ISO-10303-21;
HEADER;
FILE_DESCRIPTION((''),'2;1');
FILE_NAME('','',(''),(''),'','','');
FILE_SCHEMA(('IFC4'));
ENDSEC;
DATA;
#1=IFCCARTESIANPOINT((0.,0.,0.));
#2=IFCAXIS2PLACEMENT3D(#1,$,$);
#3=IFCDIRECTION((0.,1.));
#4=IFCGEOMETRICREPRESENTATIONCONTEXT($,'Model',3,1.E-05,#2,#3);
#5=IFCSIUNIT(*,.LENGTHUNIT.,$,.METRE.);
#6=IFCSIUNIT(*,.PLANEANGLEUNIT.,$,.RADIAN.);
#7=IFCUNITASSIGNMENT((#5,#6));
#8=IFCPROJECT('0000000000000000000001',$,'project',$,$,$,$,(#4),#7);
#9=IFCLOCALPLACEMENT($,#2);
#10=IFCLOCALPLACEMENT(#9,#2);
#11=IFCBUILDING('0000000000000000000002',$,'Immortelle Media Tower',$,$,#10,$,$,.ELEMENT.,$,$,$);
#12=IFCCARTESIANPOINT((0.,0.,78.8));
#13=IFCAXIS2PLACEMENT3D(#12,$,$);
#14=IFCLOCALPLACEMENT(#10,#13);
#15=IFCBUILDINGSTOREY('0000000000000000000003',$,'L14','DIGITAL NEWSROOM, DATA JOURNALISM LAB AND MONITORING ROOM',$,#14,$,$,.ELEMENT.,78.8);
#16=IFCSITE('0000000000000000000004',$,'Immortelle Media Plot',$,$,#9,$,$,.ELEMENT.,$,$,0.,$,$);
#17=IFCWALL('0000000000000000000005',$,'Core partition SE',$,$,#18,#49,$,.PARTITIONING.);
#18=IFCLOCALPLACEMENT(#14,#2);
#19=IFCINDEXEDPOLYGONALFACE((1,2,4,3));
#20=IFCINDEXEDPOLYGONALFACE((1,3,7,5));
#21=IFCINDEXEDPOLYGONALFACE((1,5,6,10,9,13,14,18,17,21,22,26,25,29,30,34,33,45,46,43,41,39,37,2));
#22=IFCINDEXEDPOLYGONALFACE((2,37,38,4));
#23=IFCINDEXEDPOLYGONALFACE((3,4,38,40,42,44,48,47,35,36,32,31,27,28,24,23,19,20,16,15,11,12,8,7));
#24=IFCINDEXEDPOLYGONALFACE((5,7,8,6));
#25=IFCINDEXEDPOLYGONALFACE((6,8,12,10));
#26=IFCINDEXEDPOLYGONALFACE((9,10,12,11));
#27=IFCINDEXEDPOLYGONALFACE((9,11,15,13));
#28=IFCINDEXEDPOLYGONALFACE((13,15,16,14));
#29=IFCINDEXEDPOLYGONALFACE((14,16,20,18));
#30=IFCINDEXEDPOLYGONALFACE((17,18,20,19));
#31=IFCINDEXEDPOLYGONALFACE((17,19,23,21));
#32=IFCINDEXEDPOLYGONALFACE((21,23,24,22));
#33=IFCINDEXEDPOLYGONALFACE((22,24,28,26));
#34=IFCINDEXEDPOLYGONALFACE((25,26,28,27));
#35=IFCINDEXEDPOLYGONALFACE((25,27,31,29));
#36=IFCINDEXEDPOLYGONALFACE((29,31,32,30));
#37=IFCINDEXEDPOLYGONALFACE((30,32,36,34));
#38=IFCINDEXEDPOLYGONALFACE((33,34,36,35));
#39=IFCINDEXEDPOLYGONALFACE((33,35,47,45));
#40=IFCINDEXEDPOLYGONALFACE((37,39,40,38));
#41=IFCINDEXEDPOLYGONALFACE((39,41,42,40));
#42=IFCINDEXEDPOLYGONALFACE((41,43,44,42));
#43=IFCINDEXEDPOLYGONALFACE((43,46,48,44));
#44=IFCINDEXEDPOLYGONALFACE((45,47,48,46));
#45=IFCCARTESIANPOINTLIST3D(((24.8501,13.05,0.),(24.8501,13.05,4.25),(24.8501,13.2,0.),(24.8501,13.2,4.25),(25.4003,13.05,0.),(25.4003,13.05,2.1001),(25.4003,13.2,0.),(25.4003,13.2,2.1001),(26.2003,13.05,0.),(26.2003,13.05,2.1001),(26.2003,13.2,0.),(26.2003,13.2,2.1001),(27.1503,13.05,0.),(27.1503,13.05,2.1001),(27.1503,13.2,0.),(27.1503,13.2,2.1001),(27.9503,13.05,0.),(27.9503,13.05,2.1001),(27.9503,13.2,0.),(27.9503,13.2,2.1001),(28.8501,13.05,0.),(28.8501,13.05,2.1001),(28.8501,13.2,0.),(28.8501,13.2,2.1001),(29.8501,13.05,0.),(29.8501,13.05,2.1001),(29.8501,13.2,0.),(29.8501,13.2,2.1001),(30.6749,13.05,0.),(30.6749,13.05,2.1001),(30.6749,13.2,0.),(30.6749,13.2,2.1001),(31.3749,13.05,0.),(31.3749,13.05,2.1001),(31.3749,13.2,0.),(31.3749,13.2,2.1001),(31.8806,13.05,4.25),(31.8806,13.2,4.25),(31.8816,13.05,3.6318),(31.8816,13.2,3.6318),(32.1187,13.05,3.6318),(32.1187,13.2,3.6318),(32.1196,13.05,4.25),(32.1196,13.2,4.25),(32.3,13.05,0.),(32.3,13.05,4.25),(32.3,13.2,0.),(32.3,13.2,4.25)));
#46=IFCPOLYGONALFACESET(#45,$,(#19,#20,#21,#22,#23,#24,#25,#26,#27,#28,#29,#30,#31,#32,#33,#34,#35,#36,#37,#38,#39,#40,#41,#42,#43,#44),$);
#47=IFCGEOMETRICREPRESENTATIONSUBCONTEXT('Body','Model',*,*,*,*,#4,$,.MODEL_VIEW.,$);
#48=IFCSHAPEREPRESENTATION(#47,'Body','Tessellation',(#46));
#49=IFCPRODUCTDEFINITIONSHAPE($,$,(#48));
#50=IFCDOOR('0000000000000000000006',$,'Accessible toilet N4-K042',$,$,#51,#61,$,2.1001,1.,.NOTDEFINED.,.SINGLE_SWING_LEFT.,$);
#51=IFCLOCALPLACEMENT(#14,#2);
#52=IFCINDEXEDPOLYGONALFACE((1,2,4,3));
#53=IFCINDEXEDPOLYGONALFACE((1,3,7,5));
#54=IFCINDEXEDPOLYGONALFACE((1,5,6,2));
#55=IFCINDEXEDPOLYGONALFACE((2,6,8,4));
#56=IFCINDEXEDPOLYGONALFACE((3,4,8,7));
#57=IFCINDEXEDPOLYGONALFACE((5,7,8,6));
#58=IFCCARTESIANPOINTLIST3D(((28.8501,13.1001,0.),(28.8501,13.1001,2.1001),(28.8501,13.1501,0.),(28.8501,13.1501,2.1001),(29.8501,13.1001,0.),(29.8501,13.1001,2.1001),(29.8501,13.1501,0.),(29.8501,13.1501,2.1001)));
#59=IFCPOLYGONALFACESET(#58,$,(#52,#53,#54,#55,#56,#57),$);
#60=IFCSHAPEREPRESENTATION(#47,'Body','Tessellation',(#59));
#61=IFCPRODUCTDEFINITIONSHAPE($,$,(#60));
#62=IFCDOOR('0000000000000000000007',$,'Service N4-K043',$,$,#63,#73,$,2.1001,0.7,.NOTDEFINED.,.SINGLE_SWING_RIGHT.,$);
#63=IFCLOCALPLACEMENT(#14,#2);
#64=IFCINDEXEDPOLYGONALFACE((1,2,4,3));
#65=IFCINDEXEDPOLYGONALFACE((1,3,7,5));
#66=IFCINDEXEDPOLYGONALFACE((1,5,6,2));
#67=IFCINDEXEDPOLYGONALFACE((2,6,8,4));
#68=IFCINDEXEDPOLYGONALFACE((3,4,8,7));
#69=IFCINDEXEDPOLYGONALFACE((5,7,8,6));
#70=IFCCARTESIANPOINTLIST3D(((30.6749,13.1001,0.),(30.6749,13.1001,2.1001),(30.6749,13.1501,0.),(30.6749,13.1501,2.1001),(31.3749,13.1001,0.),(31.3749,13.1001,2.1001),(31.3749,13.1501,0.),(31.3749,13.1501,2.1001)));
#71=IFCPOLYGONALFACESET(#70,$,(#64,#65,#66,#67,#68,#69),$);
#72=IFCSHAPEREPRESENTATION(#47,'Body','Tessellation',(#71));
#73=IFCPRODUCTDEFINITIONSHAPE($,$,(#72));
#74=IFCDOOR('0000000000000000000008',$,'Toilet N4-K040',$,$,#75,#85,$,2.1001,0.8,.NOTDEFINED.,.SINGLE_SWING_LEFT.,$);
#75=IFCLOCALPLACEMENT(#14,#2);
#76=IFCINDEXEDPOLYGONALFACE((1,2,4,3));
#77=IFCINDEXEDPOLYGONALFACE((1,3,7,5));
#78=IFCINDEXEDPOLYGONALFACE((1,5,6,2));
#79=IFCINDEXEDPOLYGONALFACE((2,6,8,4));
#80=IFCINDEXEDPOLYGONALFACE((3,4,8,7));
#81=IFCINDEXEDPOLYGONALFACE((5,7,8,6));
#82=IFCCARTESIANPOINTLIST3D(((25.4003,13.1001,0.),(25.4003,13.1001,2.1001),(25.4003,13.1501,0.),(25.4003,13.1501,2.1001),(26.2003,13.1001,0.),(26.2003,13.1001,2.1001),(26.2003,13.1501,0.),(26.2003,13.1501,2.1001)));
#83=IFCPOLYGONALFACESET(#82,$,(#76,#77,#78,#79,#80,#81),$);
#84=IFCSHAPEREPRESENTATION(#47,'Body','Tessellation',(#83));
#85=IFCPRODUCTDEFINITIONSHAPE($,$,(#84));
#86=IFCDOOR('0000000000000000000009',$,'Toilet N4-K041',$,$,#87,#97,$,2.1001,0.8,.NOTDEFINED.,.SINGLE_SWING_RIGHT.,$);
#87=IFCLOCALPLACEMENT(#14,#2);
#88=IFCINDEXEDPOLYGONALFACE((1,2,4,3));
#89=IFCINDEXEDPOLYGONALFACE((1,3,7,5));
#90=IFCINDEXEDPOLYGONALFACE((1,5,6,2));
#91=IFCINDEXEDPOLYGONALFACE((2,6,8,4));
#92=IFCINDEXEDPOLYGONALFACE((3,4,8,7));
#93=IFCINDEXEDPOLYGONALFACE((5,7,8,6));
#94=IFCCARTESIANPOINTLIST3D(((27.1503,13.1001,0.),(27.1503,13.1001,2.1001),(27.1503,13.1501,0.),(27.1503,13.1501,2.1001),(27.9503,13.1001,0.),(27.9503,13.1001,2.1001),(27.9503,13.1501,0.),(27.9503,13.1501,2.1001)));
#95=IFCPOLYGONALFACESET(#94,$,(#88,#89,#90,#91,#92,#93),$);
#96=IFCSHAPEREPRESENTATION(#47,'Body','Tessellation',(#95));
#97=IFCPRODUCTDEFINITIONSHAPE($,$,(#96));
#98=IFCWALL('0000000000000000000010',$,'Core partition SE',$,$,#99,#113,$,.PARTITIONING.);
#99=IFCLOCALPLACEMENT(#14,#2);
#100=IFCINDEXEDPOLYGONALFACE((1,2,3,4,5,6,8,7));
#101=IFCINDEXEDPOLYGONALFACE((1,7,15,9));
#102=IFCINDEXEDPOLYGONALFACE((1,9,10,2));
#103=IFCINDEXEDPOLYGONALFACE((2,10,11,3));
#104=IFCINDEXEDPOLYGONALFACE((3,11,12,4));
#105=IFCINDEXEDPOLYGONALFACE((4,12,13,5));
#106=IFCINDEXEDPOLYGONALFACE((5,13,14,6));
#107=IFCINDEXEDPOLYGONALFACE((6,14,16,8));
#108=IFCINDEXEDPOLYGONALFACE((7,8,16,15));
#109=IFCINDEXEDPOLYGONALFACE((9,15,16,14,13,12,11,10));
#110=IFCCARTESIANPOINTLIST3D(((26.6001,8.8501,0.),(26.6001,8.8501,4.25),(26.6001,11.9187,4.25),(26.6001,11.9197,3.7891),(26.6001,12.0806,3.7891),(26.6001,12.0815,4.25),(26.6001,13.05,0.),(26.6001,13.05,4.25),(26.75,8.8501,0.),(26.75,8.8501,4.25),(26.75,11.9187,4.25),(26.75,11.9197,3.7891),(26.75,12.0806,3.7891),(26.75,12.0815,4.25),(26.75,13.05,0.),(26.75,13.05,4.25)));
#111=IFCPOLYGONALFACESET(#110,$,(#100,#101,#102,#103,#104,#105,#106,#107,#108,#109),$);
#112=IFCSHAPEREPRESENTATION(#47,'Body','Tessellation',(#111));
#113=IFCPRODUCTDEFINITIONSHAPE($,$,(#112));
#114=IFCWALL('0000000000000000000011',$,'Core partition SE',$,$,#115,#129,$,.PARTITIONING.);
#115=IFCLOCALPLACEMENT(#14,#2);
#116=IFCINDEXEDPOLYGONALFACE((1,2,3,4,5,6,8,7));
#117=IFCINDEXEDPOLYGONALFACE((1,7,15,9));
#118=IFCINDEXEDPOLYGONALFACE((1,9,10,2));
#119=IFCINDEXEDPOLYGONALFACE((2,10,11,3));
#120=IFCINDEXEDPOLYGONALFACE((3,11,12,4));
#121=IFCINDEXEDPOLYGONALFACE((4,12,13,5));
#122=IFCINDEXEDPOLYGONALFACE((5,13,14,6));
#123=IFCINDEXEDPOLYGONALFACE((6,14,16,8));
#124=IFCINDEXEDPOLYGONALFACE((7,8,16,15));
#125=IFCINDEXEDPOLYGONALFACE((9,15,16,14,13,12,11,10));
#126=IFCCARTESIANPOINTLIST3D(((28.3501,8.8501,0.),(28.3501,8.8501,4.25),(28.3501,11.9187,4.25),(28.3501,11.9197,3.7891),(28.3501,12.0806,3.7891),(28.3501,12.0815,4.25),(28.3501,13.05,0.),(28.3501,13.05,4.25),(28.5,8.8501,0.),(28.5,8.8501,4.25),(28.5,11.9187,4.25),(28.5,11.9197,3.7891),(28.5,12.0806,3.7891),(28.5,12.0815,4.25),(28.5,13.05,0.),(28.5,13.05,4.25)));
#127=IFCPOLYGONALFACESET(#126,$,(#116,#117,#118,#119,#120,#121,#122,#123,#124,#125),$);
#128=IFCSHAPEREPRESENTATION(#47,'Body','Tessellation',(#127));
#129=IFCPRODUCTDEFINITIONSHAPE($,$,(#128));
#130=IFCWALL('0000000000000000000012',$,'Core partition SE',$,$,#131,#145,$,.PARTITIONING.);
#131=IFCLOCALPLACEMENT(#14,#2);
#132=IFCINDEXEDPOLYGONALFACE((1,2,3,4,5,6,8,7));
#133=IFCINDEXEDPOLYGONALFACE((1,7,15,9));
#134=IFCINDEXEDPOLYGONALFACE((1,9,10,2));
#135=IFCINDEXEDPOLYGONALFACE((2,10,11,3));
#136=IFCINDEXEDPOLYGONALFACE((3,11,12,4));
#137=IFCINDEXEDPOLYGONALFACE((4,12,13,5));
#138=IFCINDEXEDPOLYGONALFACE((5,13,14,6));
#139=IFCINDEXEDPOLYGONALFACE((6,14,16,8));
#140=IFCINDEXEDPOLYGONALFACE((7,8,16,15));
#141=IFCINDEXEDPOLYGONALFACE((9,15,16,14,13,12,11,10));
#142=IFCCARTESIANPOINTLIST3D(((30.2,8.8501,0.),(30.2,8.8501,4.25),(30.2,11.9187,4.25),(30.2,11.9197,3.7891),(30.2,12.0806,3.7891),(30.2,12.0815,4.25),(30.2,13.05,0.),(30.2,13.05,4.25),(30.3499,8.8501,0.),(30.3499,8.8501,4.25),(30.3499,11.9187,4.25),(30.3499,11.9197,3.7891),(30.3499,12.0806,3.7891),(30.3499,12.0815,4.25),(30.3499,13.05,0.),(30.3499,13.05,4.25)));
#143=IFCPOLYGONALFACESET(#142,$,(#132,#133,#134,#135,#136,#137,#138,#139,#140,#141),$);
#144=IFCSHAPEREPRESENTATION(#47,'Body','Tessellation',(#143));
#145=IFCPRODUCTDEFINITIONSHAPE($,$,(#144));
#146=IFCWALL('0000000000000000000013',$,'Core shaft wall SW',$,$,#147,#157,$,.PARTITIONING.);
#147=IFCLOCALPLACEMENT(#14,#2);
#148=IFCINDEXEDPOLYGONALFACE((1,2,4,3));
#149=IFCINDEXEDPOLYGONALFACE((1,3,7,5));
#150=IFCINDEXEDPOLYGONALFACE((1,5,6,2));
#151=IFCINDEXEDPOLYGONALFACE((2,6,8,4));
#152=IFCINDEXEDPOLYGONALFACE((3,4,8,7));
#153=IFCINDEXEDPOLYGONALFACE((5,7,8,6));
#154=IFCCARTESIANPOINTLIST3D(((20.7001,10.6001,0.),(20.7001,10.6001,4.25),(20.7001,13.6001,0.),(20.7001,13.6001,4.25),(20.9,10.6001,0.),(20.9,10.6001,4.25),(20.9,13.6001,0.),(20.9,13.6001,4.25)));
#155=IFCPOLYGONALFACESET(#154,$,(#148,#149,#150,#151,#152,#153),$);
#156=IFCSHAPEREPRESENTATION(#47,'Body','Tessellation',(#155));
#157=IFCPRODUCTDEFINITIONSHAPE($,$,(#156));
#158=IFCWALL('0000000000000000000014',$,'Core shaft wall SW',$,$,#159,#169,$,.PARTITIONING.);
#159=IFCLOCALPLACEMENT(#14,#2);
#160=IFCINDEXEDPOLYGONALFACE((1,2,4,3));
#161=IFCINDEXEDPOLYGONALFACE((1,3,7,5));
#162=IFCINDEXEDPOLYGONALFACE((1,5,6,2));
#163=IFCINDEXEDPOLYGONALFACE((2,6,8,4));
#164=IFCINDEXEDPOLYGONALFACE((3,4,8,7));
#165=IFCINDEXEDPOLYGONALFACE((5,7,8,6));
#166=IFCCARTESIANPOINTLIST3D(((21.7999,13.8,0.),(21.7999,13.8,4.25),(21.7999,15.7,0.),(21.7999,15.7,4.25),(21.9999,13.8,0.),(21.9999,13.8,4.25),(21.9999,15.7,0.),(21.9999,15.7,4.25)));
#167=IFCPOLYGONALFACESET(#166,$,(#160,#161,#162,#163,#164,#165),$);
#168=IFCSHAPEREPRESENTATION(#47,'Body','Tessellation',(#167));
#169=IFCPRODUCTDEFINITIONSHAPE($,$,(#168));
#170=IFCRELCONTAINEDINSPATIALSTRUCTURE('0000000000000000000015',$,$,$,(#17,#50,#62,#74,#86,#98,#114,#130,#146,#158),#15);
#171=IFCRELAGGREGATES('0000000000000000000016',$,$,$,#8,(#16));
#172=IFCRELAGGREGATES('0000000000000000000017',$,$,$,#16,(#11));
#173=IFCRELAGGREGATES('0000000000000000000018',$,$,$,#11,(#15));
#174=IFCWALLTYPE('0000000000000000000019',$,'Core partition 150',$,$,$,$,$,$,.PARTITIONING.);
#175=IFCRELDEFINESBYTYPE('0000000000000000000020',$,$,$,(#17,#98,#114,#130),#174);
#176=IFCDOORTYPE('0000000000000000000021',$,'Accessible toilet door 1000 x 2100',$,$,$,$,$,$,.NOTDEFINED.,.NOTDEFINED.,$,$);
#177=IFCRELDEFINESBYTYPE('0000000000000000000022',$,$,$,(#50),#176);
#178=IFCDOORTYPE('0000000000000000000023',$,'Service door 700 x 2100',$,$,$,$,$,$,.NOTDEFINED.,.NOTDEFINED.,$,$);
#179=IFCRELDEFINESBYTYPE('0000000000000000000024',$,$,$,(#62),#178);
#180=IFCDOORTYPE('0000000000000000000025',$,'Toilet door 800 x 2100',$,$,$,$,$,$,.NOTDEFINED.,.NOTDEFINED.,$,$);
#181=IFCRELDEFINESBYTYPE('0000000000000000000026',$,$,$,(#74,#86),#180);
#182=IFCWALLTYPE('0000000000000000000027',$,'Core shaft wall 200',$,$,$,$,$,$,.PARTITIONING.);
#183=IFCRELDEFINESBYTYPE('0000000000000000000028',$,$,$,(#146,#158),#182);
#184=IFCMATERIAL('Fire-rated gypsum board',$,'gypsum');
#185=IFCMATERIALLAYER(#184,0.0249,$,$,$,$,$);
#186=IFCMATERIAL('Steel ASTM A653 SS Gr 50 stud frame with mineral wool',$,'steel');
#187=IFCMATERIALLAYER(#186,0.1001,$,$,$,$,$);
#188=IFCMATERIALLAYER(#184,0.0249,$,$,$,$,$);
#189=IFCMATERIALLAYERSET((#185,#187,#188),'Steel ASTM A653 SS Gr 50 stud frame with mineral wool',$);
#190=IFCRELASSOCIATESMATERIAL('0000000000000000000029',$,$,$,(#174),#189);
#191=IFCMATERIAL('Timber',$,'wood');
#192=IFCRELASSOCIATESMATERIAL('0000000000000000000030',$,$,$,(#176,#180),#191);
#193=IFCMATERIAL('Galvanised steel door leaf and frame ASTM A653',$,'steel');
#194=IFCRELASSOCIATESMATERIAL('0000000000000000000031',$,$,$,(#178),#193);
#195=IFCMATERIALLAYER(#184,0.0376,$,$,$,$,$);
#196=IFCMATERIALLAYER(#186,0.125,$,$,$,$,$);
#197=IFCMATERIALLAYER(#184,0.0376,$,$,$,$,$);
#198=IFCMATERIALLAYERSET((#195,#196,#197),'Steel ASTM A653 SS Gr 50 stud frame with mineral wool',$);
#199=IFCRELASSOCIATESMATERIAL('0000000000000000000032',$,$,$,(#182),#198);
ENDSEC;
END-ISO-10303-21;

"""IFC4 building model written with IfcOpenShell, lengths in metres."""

from ifc_helpers import new_model, si_unit, direction, frame, frame_2d, origin, place, context, subcontext, project, spatial, polyline, rectangle, outline, extrude, material, layer, layer_set, type_object, element, fill, save


model = new_model("IFC4")

# Units and contexts
model_context = context("Model", 3, precision=1e-05, world=origin(), true_north=direction((0.0, 1.0)))
body_context = subcontext(model_context, "Body", "Model", "MODEL_VIEW")
ifc_project = project(units=[si_unit("LENGTHUNIT", "METRE"), si_unit("PLANEANGLEUNIT", "RADIAN")], contexts=[model_context])

# Site, building, storey
site_placement = place(None, origin())
site = spatial("IfcSite", under=ifc_project, at=site_placement, Name="Immortelle Media Plot", CompositionType="ELEMENT", RefElevation=0.0)
building_placement = place(site_placement, origin())
building = spatial("IfcBuilding", under=site, at=building_placement, Name="Immortelle Media Tower", CompositionType="ELEMENT")
storey_placement = place(building_placement, frame((0.0, 0.0, 78.8)))
storey = spatial("IfcBuildingStorey", under=building, at=storey_placement, Name="L14", Description="DIGITAL NEWSROOM, DATA JOURNALISM LAB AND MONITORING ROOM", CompositionType="ELEMENT", Elevation=78.8)

# Wall, openings, doors
ifc_material_1 = material(Name="Fire-rated gypsum board", Category="gypsum")
ifc_layer_1 = layer(ifc_material_1, 0.0249)
ifc_material_2 = material(Name="Steel ASTM A653 SS Gr 50 stud frame with mineral wool", Category="steel")
ifc_layer_2 = layer(ifc_material_2, 0.1001)
ifc_layer_3 = layer(ifc_material_1, 0.0249)
ifc_layer_set_1 = layer_set([ifc_layer_1, ifc_layer_2, ifc_layer_3], Name="Steel ASTM A653 SS Gr 50 stud frame with mineral wool")
wall_type_1 = type_object("IfcWallType", Name="Core partition 150", PredefinedType="PARTITIONING", material=ifc_layer_set_1)
wall_1_placement = place(storey_placement, frame((24.8501, 13.125, 0.0), z_axis=(0.0, 0.0, 1.0), x_axis=(1.0, 0.0, 0.0)))
wall_1 = element("IfcWall", 1, at=wall_1_placement, inside=storey, type_object=wall_type_1, Name="Core partition SE", PredefinedType="PARTITIONING", context=body_context, shape_type="SweptSolid", body=[
    extrude(outline(polyline([(0.0, 0.0), (7.45, 0.0), (7.45, 4.25), (7.2695, 4.25), (7.2686, 3.6318), (7.0315, 3.6318), (7.0305, 4.25), (0.0, 4.25), (0.0, 0.0)])), frame((0.0, 0.075, 0.0), z_axis=(0.0, -1.0, 0.0), x_axis=(1.0, 0.0, 0.0)), (0.0, 0.0, 1.0), 0.1499),
])
opening_1_placement = place(wall_1_placement, frame((1.3501, 0.0, 0.0), z_axis=(0.0, 0.0, 1.0), x_axis=(-1.0, 0.0, 0.0)))
opening_1 = element("IfcOpeningElement", 2, at=opening_1_placement, cuts=wall_1, PredefinedType="OPENING", context=body_context, shape_type="SweptSolid", body=[
    extrude(rectangle(XDim=0.8, YDim=2.1001, at=frame_2d((0.3999, 1.05))), frame((0.0, 0.085, 0.0), z_axis=(0.0, -1.0, 0.0), x_axis=(1.0, 0.0, 0.0)), (0.0, 0.0, 1.0), 0.1699),
])
opening_2_placement = place(wall_1_placement, frame((3.1001, 0.0, 0.0), z_axis=(0.0, 0.0, 1.0), x_axis=(-1.0, 0.0, 0.0)))
opening_2 = element("IfcOpeningElement", 3, at=opening_2_placement, cuts=wall_1, PredefinedType="OPENING", context=body_context, shape_type="SweptSolid", body=[
    extrude(rectangle(XDim=0.8, YDim=2.1001, at=frame_2d((0.3999, 1.05))), frame((0.0, 0.085, 0.0), z_axis=(0.0, -1.0, 0.0), x_axis=(1.0, 0.0, 0.0)), (0.0, 0.0, 1.0), 0.1699),
])
opening_3_placement = place(wall_1_placement, frame((5.0, 0.0, 0.0), z_axis=(0.0, 0.0, 1.0), x_axis=(-1.0, 0.0, 0.0)))
opening_3 = element("IfcOpeningElement", 4, at=opening_3_placement, cuts=wall_1, PredefinedType="OPENING", context=body_context, shape_type="SweptSolid", body=[
    extrude(rectangle(XDim=1.0, YDim=2.1001, at=frame_2d((0.5, 1.05))), frame((0.0, 0.085, 0.0), z_axis=(0.0, -1.0, 0.0), x_axis=(1.0, 0.0, 0.0)), (0.0, 0.0, 1.0), 0.1699),
])
opening_4_placement = place(wall_1_placement, frame((6.5249, 0.0, 0.0), z_axis=(0.0, 0.0, 1.0), x_axis=(-1.0, 0.0, 0.0)))
opening_4 = element("IfcOpeningElement", 5, at=opening_4_placement, cuts=wall_1, PredefinedType="OPENING", context=body_context, shape_type="SweptSolid", body=[
    extrude(rectangle(XDim=0.7, YDim=2.1001, at=frame_2d((0.3501, 1.05))), frame((0.0, 0.085, 0.0), z_axis=(0.0, -1.0, 0.0), x_axis=(1.0, 0.0, 0.0)), (0.0, 0.0, 1.0), 0.1699),
])
ifc_material_3 = material(Name="Timber", Category="wood")
door_type_1 = type_object("IfcDoorType", Name="Accessible toilet door 1000 x 2100", OperationType="NOTDEFINED", PredefinedType="NOTDEFINED", material=ifc_material_3)
door_1_placement = place(opening_3_placement, origin())
door_1 = element("IfcDoor", 6, at=door_1_placement, inside=storey, type_object=door_type_1, Name="Accessible toilet N4-K042", OperationType="SINGLE_SWING_LEFT", OverallHeight=2.1001, OverallWidth=1.0, PredefinedType="NOTDEFINED", context=body_context, shape_type="SweptSolid", body=[
    extrude(rectangle(XDim=1.0, YDim=2.1001, at=frame_2d((0.5, 1.05))), frame((0.0, 0.0249, 0.0), z_axis=(0.0, -1.0, 0.0), x_axis=(1.0, 0.0, 0.0)), (0.0, 0.0, 1.0), 0.05),
])
fill(opening_3, door_1)
ifc_material_4 = material(Name="Galvanised steel door leaf and frame ASTM A653", Category="steel")
door_type_2 = type_object("IfcDoorType", Name="Service door 700 x 2100", OperationType="NOTDEFINED", PredefinedType="NOTDEFINED", material=ifc_material_4)
door_2_placement = place(opening_4_placement, origin())
door_2 = element("IfcDoor", 7, at=door_2_placement, inside=storey, type_object=door_type_2, Name="Service N4-K043", OperationType="SINGLE_SWING_RIGHT", OverallHeight=2.1001, OverallWidth=0.7, PredefinedType="NOTDEFINED", context=body_context, shape_type="SweptSolid", body=[
    extrude(rectangle(XDim=0.7, YDim=2.1001, at=frame_2d((0.3501, 1.05))), frame((0.0, 0.0249, 0.0), z_axis=(0.0, -1.0, 0.0), x_axis=(1.0, 0.0, 0.0)), (0.0, 0.0, 1.0), 0.05),
])
fill(opening_4, door_2)
door_type_3 = type_object("IfcDoorType", Name="Toilet door 800 x 2100", OperationType="NOTDEFINED", PredefinedType="NOTDEFINED", material=ifc_material_3)
door_3_placement = place(opening_1_placement, origin())
door_3 = element("IfcDoor", 8, at=door_3_placement, inside=storey, type_object=door_type_3, Name="Toilet N4-K040", OperationType="SINGLE_SWING_LEFT", OverallHeight=2.1001, OverallWidth=0.8, PredefinedType="NOTDEFINED", context=body_context, shape_type="SweptSolid", body=[
    extrude(rectangle(XDim=0.8, YDim=2.1001, at=frame_2d((0.3999, 1.05))), frame((0.0, 0.0249, 0.0), z_axis=(0.0, -1.0, 0.0), x_axis=(1.0, 0.0, 0.0)), (0.0, 0.0, 1.0), 0.05),
])
fill(opening_1, door_3)
door_4_placement = place(opening_2_placement, origin())
door_4 = element("IfcDoor", 9, at=door_4_placement, inside=storey, type_object=door_type_3, Name="Toilet N4-K041", OperationType="SINGLE_SWING_RIGHT", OverallHeight=2.1001, OverallWidth=0.8, PredefinedType="NOTDEFINED", context=body_context, shape_type="SweptSolid", body=[
    extrude(rectangle(XDim=0.8, YDim=2.1001, at=frame_2d((0.3999, 1.05))), frame((0.0, 0.0249, 0.0), z_axis=(0.0, -1.0, 0.0), x_axis=(1.0, 0.0, 0.0)), (0.0, 0.0, 1.0), 0.05),
])
fill(opening_2, door_4)

# Walls
for number, where, z_axis, x_axis, name in (
    (10, (26.675, 8.8501, 0.0), (0.0, 0.0, 1.0), (0.0, 1.0, 0.0), "Core partition SE"),
    (11, (28.425, 8.8501, 0.0), (0.0, 0.0, 1.0), (0.0, 1.0, 0.0), "Core partition SE"),
    (12, (30.2749, 8.8501, 0.0), (0.0, 0.0, 1.0), (0.0, 1.0, 0.0), "Core partition SE"),
):
    element("IfcWall", number, at=place(storey_placement, frame(where, z_axis=z_axis, x_axis=x_axis)), inside=storey, type_object=wall_type_1, Name=name, PredefinedType="PARTITIONING", context=body_context, shape_type="SweptSolid", body=[
        extrude(outline(polyline([(0.0, 0.0), (4.2, 0.0), (4.2, 4.25), (3.2314, 4.25), (3.2305, 3.7891), (3.0696, 3.7891), (3.0686, 4.25), (0.0, 4.25), (0.0, 0.0)])), frame((0.0, 0.075, 0.0), z_axis=(0.0, -1.0, 0.0), x_axis=(1.0, 0.0, 0.0)), (0.0, 0.0, 1.0), 0.1499),
    ])
ifc_layer_4 = layer(ifc_material_1, 0.0376)
ifc_layer_5 = layer(ifc_material_2, 0.125)
ifc_layer_6 = layer(ifc_material_1, 0.0376)
ifc_layer_set_2 = layer_set([ifc_layer_4, ifc_layer_5, ifc_layer_6], Name="Steel ASTM A653 SS Gr 50 stud frame with mineral wool")
wall_type_2 = type_object("IfcWallType", Name="Core shaft wall 200", PredefinedType="PARTITIONING", material=ifc_layer_set_2)
wall_2_placement = place(storey_placement, frame((20.8, 10.6001, 0.0), z_axis=(0.0, 0.0, 1.0), x_axis=(0.0, 1.0, 0.0)))
element("IfcWall", 13, at=wall_2_placement, inside=storey, type_object=wall_type_2, Name="Core shaft wall SW", PredefinedType="PARTITIONING", context=body_context, shape_type="SweptSolid", body=[
    extrude(rectangle(XDim=3.0, YDim=0.2, at=frame_2d((1.5, 0.0))), origin(), (0.0, 0.0, 1.0), 4.25),
])
wall_3_placement = place(storey_placement, frame((21.8999, 13.8, 0.0), z_axis=(0.0, 0.0, 1.0), x_axis=(0.0, 1.0, 0.0)))
element("IfcWall", 14, at=wall_3_placement, inside=storey, type_object=wall_type_2, Name="Core shaft wall SW", PredefinedType="PARTITIONING", context=body_context, shape_type="SweptSolid", body=[
    extrude(rectangle(XDim=1.8999, YDim=0.2, at=frame_2d((0.95, 0.0))), origin(), (0.0, 0.0, 1.0), 4.25),
])

save(model, "model.ifc")
